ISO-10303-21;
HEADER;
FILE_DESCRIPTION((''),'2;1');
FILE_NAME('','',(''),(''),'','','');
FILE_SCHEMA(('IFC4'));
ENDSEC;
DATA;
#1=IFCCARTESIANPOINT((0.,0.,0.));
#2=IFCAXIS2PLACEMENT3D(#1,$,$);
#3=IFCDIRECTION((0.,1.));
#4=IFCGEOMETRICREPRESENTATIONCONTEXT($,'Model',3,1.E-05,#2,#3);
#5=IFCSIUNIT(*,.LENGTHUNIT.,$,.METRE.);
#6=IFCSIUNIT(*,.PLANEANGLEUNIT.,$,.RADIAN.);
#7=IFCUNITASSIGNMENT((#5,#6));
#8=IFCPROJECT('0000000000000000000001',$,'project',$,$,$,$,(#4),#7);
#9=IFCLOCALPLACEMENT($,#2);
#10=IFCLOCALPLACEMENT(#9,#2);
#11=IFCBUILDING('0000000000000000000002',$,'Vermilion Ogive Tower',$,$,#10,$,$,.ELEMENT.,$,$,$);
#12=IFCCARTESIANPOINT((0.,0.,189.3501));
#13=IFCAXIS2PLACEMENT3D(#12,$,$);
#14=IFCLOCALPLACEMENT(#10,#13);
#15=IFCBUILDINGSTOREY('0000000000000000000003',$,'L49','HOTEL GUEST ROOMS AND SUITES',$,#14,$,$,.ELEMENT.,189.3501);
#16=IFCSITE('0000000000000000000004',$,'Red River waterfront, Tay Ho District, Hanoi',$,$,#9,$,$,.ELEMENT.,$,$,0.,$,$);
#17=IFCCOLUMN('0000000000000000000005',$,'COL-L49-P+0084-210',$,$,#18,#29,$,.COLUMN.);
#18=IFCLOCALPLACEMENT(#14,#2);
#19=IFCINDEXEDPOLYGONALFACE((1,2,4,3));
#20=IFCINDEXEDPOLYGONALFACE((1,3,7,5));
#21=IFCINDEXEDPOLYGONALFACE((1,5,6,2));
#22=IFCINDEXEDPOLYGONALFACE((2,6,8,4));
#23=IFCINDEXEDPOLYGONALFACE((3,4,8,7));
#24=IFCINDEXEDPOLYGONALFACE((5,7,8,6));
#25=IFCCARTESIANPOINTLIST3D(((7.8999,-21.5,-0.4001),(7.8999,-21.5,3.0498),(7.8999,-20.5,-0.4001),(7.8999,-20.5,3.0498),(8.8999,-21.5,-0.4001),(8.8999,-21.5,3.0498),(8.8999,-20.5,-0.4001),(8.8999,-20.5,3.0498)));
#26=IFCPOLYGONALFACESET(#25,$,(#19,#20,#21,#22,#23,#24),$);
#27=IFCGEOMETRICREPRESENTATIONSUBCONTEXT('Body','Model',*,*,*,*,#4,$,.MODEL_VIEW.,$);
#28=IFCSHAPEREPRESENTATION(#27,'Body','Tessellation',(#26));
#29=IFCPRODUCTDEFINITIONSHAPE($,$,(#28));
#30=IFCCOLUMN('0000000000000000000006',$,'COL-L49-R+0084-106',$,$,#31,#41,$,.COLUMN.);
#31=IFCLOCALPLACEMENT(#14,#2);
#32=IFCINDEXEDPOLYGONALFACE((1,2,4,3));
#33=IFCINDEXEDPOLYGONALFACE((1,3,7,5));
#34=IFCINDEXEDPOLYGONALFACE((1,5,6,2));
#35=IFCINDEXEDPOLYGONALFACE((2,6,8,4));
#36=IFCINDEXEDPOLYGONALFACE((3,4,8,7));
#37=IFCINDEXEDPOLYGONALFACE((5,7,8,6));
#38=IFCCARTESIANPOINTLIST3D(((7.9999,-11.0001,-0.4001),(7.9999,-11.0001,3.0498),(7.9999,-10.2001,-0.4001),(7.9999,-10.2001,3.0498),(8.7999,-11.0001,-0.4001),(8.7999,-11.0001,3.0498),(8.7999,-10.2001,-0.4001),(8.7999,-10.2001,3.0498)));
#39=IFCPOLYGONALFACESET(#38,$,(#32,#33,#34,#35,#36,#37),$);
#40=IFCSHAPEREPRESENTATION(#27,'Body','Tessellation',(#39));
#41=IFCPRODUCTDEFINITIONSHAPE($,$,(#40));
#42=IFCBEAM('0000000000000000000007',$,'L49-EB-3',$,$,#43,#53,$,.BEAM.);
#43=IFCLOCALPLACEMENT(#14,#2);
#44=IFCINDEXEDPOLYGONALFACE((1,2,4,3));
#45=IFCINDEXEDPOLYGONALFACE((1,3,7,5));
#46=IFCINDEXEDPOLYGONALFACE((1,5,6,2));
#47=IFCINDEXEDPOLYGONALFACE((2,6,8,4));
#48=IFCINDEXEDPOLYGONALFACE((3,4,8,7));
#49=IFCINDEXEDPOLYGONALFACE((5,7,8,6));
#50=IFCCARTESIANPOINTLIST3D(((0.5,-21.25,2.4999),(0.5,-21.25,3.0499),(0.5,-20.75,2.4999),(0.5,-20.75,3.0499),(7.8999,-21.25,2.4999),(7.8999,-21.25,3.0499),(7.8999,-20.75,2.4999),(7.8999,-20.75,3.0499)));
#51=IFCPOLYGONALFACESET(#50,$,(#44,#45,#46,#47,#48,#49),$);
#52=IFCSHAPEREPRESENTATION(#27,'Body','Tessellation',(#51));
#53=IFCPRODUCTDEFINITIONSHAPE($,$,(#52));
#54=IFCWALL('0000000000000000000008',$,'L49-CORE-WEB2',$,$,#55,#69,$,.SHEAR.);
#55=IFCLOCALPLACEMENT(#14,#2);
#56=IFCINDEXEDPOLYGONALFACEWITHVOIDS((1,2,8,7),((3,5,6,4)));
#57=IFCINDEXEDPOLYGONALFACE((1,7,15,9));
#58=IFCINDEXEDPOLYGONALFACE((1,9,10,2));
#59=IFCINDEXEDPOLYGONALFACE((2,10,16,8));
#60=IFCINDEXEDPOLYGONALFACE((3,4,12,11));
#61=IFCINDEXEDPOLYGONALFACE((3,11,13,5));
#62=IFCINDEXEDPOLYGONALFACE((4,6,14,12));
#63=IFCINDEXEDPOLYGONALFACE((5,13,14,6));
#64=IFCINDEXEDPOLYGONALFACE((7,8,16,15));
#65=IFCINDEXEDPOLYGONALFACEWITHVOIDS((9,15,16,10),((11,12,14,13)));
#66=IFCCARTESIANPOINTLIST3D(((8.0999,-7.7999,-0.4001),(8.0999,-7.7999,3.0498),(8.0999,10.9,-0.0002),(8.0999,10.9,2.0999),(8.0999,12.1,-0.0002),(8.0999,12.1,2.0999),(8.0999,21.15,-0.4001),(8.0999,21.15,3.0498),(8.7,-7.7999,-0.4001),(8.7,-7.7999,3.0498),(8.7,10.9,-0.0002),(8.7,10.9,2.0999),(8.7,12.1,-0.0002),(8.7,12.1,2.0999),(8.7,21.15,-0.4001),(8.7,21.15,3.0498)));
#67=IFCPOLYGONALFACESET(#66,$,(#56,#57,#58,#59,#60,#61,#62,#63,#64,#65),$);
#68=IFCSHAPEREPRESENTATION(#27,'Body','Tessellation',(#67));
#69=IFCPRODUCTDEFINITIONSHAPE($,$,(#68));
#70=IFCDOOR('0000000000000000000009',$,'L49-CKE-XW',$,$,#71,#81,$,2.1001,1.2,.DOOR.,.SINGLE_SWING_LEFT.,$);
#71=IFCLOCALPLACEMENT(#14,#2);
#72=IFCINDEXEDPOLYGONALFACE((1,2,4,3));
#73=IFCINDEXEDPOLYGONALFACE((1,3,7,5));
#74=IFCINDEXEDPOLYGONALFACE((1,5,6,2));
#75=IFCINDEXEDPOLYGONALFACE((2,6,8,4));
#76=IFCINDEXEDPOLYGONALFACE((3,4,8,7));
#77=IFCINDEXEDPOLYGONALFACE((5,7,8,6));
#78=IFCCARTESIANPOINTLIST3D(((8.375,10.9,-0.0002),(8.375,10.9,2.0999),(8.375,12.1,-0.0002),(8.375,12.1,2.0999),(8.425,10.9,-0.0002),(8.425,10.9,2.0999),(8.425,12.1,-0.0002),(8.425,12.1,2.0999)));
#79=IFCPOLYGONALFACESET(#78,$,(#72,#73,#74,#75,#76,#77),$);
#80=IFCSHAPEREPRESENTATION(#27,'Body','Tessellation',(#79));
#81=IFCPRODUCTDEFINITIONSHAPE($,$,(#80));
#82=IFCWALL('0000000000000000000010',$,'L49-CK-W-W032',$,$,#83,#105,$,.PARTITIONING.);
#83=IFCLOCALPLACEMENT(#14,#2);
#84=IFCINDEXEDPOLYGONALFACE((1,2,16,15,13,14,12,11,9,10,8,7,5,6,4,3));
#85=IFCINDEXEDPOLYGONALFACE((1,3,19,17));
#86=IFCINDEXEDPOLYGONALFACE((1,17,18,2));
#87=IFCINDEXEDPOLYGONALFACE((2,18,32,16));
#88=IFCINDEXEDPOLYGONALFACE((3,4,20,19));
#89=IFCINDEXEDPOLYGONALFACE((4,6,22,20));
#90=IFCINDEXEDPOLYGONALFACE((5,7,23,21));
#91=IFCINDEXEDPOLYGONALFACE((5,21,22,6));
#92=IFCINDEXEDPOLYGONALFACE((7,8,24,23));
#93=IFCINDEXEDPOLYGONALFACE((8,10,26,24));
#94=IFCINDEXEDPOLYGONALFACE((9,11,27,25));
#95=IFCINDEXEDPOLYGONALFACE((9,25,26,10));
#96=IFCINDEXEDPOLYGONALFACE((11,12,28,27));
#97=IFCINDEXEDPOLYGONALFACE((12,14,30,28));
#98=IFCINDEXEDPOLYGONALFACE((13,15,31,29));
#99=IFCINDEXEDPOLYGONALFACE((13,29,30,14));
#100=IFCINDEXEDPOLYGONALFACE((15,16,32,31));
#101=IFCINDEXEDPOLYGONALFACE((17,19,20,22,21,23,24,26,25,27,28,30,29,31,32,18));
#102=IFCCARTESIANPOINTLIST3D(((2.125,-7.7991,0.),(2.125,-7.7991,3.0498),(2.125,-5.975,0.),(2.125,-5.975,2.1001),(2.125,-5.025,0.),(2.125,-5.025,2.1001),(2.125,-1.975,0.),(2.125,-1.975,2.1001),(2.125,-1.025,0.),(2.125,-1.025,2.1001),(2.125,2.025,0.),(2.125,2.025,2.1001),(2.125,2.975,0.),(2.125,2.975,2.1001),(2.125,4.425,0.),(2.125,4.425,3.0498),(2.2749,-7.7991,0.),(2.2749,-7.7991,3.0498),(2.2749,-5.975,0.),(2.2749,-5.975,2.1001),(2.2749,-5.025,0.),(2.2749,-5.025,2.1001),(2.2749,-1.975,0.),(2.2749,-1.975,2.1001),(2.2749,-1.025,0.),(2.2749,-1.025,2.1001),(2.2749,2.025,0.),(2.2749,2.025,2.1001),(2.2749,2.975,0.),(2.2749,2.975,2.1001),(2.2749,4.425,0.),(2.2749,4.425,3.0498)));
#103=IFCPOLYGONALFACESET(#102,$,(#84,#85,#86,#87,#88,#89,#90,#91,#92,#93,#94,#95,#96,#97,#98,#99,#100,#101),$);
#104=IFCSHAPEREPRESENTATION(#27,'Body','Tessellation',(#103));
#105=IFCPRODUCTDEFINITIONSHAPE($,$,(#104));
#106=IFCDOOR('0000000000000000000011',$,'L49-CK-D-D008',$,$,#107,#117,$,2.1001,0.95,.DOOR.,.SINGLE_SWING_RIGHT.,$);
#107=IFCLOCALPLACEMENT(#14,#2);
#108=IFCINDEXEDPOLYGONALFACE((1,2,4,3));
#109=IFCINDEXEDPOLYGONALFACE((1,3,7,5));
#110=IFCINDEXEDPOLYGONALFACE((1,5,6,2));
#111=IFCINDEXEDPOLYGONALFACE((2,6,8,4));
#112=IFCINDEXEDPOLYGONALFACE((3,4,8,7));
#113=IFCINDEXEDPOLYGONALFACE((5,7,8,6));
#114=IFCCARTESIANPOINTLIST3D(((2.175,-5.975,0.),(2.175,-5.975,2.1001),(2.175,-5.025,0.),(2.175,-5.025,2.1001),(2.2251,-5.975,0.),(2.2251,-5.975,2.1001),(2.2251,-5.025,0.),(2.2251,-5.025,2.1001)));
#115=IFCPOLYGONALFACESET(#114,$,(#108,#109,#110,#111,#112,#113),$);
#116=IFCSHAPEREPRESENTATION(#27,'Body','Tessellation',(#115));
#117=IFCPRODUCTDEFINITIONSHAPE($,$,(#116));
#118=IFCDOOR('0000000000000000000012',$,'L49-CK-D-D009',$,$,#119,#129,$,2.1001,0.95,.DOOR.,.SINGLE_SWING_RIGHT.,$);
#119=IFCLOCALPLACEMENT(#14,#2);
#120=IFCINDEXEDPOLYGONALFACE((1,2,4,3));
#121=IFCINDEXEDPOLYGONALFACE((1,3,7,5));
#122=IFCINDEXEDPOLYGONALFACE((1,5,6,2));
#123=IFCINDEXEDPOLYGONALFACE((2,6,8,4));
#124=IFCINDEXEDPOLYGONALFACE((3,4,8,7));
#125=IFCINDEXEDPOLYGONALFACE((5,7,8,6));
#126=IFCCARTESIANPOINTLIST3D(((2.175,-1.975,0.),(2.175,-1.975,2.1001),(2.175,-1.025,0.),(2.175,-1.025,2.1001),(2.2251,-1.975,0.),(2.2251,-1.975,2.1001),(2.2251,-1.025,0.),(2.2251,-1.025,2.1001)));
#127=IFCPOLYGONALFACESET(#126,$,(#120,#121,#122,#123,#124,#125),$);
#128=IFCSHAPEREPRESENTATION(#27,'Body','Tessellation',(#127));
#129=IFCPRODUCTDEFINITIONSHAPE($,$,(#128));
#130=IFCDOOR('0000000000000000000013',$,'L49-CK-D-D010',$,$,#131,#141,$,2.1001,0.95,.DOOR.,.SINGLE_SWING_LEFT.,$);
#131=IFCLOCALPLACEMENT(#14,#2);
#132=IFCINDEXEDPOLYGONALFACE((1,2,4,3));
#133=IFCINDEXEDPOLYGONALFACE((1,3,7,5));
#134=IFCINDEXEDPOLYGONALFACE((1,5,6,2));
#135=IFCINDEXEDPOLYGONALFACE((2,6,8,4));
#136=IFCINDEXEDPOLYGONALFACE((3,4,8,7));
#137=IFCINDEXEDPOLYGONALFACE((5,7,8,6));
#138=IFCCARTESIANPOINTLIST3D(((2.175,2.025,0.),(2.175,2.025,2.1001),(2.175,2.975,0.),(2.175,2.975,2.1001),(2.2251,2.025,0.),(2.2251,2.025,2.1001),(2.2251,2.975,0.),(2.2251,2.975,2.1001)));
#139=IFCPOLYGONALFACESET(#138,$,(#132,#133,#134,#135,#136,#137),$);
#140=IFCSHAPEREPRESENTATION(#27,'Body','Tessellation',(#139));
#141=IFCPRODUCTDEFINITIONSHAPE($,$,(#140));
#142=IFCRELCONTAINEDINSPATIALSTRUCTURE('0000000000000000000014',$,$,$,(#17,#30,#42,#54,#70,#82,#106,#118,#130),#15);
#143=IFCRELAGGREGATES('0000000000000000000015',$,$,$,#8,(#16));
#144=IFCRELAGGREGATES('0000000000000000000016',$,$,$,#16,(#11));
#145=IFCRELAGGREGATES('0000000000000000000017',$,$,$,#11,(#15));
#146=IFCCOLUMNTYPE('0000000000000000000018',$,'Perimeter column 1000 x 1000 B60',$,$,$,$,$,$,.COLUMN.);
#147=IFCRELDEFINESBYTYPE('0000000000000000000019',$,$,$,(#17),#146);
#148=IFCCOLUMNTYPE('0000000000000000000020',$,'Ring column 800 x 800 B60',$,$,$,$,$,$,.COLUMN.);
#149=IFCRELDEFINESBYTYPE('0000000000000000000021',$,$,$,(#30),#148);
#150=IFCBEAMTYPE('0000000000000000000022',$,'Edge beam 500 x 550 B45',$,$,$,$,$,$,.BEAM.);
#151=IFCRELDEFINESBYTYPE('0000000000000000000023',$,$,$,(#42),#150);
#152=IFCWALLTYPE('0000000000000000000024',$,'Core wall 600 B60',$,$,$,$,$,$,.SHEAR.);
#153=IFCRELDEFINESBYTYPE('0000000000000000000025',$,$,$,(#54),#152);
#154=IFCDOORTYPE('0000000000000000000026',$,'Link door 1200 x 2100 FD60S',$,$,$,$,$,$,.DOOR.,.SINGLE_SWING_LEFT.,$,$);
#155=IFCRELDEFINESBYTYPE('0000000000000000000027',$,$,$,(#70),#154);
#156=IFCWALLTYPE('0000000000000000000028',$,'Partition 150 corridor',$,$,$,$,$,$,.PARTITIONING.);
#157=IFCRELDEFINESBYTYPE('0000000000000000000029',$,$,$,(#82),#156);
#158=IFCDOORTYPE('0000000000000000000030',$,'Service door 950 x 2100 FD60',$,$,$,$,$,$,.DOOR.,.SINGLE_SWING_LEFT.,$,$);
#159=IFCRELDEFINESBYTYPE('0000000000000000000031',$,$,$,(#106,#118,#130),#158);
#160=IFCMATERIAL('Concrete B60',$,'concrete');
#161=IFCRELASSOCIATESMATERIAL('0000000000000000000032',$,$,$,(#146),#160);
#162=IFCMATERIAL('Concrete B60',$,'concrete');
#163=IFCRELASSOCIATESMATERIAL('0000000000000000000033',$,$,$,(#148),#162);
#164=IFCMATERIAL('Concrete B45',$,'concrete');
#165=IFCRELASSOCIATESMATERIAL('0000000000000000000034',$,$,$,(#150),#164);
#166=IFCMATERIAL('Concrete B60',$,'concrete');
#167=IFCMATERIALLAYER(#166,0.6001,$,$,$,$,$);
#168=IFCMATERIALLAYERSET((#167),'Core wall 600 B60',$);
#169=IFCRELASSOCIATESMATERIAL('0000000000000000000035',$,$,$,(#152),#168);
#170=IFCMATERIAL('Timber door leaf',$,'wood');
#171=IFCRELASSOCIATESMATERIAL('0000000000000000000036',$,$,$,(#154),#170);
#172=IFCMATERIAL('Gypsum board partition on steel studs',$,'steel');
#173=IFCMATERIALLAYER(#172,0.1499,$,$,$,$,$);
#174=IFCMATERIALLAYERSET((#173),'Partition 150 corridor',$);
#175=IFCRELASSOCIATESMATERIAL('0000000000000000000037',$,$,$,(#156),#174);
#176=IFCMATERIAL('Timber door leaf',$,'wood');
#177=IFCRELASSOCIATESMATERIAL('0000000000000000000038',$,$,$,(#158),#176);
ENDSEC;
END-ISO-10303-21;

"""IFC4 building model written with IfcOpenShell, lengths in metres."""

from ifc_helpers import new_model, si_unit, direction, frame, frame_2d, origin, origin_2d, place, context, subcontext, project, spatial, rectangle, extrude, material, layer, layer_set, material_profile, profile_set, type_object, element, fill, save


model = new_model("IFC4")

# Units and contexts
model_context = context("Model", 3, precision=1e-05, world=origin(), true_north=direction((0.0, 1.0)))
body_context = subcontext(model_context, "Body", "Model", "MODEL_VIEW")
ifc_project = project(units=[si_unit("LENGTHUNIT", "METRE"), si_unit("PLANEANGLEUNIT", "RADIAN")], contexts=[model_context])

# Site, building, storey
site_placement = place(None, origin())
site = spatial("IfcSite", under=ifc_project, at=site_placement, Name="Red River waterfront, Tay Ho District, Hanoi", CompositionType="ELEMENT", RefElevation=0.0)
building_placement = place(site_placement, origin())
building = spatial("IfcBuilding", under=site, at=building_placement, Name="Vermilion Ogive Tower", CompositionType="ELEMENT")
storey_placement = place(building_placement, frame((0.0, 0.0, 189.3501)))
storey = spatial("IfcBuildingStorey", under=building, at=storey_placement, Name="L49", Description="HOTEL GUEST ROOMS AND SUITES", CompositionType="ELEMENT", Elevation=189.3501)

# Columns
ifc_material_1 = material(Name="Concrete B60", Category="concrete")
ifc_material_profile_1 = material_profile(ifc_material_1, rectangle(XDim=1.0, YDim=1.0, at=origin_2d()), Name="1000 x 1000")
ifc_profile_set_1 = profile_set([ifc_material_profile_1], Name="Concrete B60")
column_type_1 = type_object("IfcColumnType", Name="Perimeter column 1000 x 1000 B60", PredefinedType="COLUMN", material=ifc_profile_set_1)
column_1_placement = place(storey_placement, frame((8.3999, -21.0, -0.4001), z_axis=(0.0, 0.0, 1.0), x_axis=(1.0, 0.0, 0.0)))
element("IfcColumn", 1, at=column_1_placement, inside=storey, type_object=column_type_1, Name="COL-L49-P+0084-210", PredefinedType="COLUMN", context=body_context, shape_type="SweptSolid", body=[
    extrude(rectangle(XDim=1.0, YDim=1.0, at=origin_2d()), origin(), (0.0, 0.0, 1.0), 3.45),
])
ifc_material_2 = material(Name="Concrete B60", Category="concrete")
ifc_material_profile_2 = material_profile(ifc_material_2, rectangle(XDim=0.8, YDim=0.8, at=origin_2d()), Name="800 x 800")
ifc_profile_set_2 = profile_set([ifc_material_profile_2], Name="Concrete B60")
column_type_2 = type_object("IfcColumnType", Name="Ring column 800 x 800 B60", PredefinedType="COLUMN", material=ifc_profile_set_2)
column_2_placement = place(storey_placement, frame((8.3999, -10.6001, -0.4001), z_axis=(0.0, 0.0, 1.0), x_axis=(1.0, 0.0, 0.0)))
element("IfcColumn", 2, at=column_2_placement, inside=storey, type_object=column_type_2, Name="COL-L49-R+0084-106", PredefinedType="COLUMN", context=body_context, shape_type="SweptSolid", body=[
    extrude(rectangle(XDim=0.8, YDim=0.8, at=origin_2d()), origin(), (0.0, 0.0, 1.0), 3.45),
])

# Beam
ifc_material_3 = material(Name="Concrete B45", Category="concrete")
ifc_material_profile_3 = material_profile(ifc_material_3, rectangle(XDim=0.5, YDim=0.55, at=origin_2d()), Name="500 x 550")
ifc_profile_set_3 = profile_set([ifc_material_profile_3], Name="Concrete B45")
beam_type = type_object("IfcBeamType", Name="Edge beam 500 x 550 B45", PredefinedType="BEAM", material=ifc_profile_set_3)
beam_placement = place(storey_placement, frame((0.5, -21.0, 2.7749), z_axis=(1.0, 0.0, 0.0), x_axis=(0.0, 1.0, 0.0)))
element("IfcBeam", 3, at=beam_placement, inside=storey, type_object=beam_type, Name="L49-EB-3", PredefinedType="BEAM", context=body_context, shape_type="SweptSolid", body=[
    extrude(rectangle(XDim=0.5, YDim=0.55, at=origin_2d()), origin(), (0.0, 0.0, 1.0), 7.3999),
])

# Wall, opening, door
ifc_material_4 = material(Name="Concrete B60", Category="concrete")
ifc_layer_1 = layer(ifc_material_4, 0.6001)
ifc_layer_set_1 = layer_set([ifc_layer_1], Name="Core wall 600 B60")
wall_type_1 = type_object("IfcWallType", Name="Core wall 600 B60", PredefinedType="SHEAR", material=ifc_layer_set_1)
wall_1_placement = place(storey_placement, frame((8.3999, -7.8, -0.4001), z_axis=(0.0, 0.0, 1.0), x_axis=(0.0, 1.0, 0.0)))
wall_1 = element("IfcWall", 4, at=wall_1_placement, inside=storey, type_object=wall_type_1, Name="L49-CORE-WEB2", PredefinedType="SHEAR", context=body_context, shape_type="SweptSolid", body=[
    extrude(rectangle(XDim=28.95, YDim=0.6001, at=frame_2d((14.4751, 0.0))), origin(), (0.0, 0.0, 1.0), 3.45),
])
opening_1_placement = place(wall_1_placement, frame((18.7, 0.0, 0.3999)))
opening_1 = element("IfcOpeningElement", 5, at=opening_1_placement, cuts=wall_1, PredefinedType="OPENING", context=body_context, shape_type="SweptSolid", body=[
    extrude(rectangle(XDim=1.2, YDim=2.1001, at=frame_2d((0.6001, 1.05))), frame((0.0, 0.3101, 0.0), z_axis=(0.0, -1.0, 0.0), x_axis=(1.0, 0.0, 0.0)), (0.0, 0.0, 1.0), 0.6201),
])
ifc_material_5 = material(Name="Timber door leaf", Category="wood")
door_type_1 = type_object("IfcDoorType", Name="Link door 1200 x 2100 FD60S", OperationType="SINGLE_SWING_LEFT", PredefinedType="DOOR", material=ifc_material_5)
door_1_placement = place(opening_1_placement, origin())
door_1 = element("IfcDoor", 6, at=door_1_placement, inside=storey, type_object=door_type_1, Name="L49-CKE-XW", OperationType="SINGLE_SWING_LEFT", OverallHeight=2.1001, OverallWidth=1.2, PredefinedType="DOOR", context=body_context, shape_type="SweptSolid", body=[
    extrude(rectangle(XDim=1.2, YDim=2.1001, at=frame_2d((0.6001, 1.05))), frame((0.0, 0.0249, 0.0), z_axis=(0.0, -1.0, 0.0), x_axis=(1.0, 0.0, 0.0)), (0.0, 0.0, 1.0), 0.05),
])
fill(opening_1, door_1)

# Wall, openings, doors
ifc_material_6 = material(Name="Gypsum board partition on steel studs", Category="steel")
ifc_layer_2 = layer(ifc_material_6, 0.1499)
ifc_layer_set_2 = layer_set([ifc_layer_2], Name="Partition 150 corridor")
wall_type_2 = type_object("IfcWallType", Name="Partition 150 corridor", PredefinedType="PARTITIONING", material=ifc_layer_set_2)
wall_2_placement = place(storey_placement, frame((2.2, -7.7991, 0.0), z_axis=(0.0, 0.0, 1.0), x_axis=(0.0, 1.0, 0.0)))
wall_2 = element("IfcWall", 7, at=wall_2_placement, inside=storey, type_object=wall_type_2, Name="L49-CK-W-W032", PredefinedType="PARTITIONING", context=body_context, shape_type="SweptSolid", body=[
    extrude(rectangle(XDim=12.2241, YDim=0.1499, at=frame_2d((6.1121, 0.0))), origin(), (0.0, 0.0, 1.0), 3.0498),
])
opening_2_placement = place(wall_2_placement, frame((1.824, 0.0, 0.0)))
opening_2 = element("IfcOpeningElement", 8, at=opening_2_placement, cuts=wall_2, PredefinedType="OPENING", context=body_context, shape_type="SweptSolid", body=[
    extrude(rectangle(XDim=0.95, YDim=2.1001, at=frame_2d((0.4751, 1.05))), frame((0.0, 0.085, 0.0), z_axis=(0.0, -1.0, 0.0), x_axis=(1.0, 0.0, 0.0)), (0.0, 0.0, 1.0), 0.1699),
])
opening_3_placement = place(wall_2_placement, frame((5.824, 0.0, 0.0)))
opening_3 = element("IfcOpeningElement", 9, at=opening_3_placement, cuts=wall_2, PredefinedType="OPENING", context=body_context, shape_type="SweptSolid", body=[
    extrude(rectangle(XDim=0.95, YDim=2.1001, at=frame_2d((0.4751, 1.05))), frame((0.0, 0.085, 0.0), z_axis=(0.0, -1.0, 0.0), x_axis=(1.0, 0.0, 0.0)), (0.0, 0.0, 1.0), 0.1699),
])
opening_4_placement = place(wall_2_placement, frame((9.824, 0.0, 0.0)))
opening_4 = element("IfcOpeningElement", 10, at=opening_4_placement, cuts=wall_2, PredefinedType="OPENING", context=body_context, shape_type="SweptSolid", body=[
    extrude(rectangle(XDim=0.95, YDim=2.1001, at=frame_2d((0.4751, 1.05))), frame((0.0, 0.085, 0.0), z_axis=(0.0, -1.0, 0.0), x_axis=(1.0, 0.0, 0.0)), (0.0, 0.0, 1.0), 0.1699),
])
ifc_material_7 = material(Name="Timber door leaf", Category="wood")
door_type_2 = type_object("IfcDoorType", Name="Service door 950 x 2100 FD60", OperationType="SINGLE_SWING_LEFT", PredefinedType="DOOR", material=ifc_material_7)
door_2_placement = place(opening_2_placement, origin())
door_2 = element("IfcDoor", 11, at=door_2_placement, inside=storey, type_object=door_type_2, Name="L49-CK-D-D008", OperationType="SINGLE_SWING_RIGHT", OverallHeight=2.1001, OverallWidth=0.95, PredefinedType="DOOR", context=body_context, shape_type="SweptSolid", body=[
    extrude(rectangle(XDim=0.95, YDim=2.1001, at=frame_2d((0.4751, 1.05))), frame((0.0, 0.0249, 0.0), z_axis=(0.0, -1.0, 0.0), x_axis=(1.0, 0.0, 0.0)), (0.0, 0.0, 1.0), 0.05),
])
fill(opening_2, door_2)
door_3_placement = place(opening_3_placement, origin())
door_3 = element("IfcDoor", 12, at=door_3_placement, inside=storey, type_object=door_type_2, Name="L49-CK-D-D009", OperationType="SINGLE_SWING_RIGHT", OverallHeight=2.1001, OverallWidth=0.95, PredefinedType="DOOR", context=body_context, shape_type="SweptSolid", body=[
    extrude(rectangle(XDim=0.95, YDim=2.1001, at=frame_2d((0.4751, 1.05))), frame((0.0, 0.0249, 0.0), z_axis=(0.0, -1.0, 0.0), x_axis=(1.0, 0.0, 0.0)), (0.0, 0.0, 1.0), 0.05),
])
fill(opening_3, door_3)
door_4_placement = place(opening_4_placement, origin())
door_4 = element("IfcDoor", 13, at=door_4_placement, inside=storey, type_object=door_type_2, Name="L49-CK-D-D010", OperationType="SINGLE_SWING_LEFT", OverallHeight=2.1001, OverallWidth=0.95, PredefinedType="DOOR", context=body_context, shape_type="SweptSolid", body=[
    extrude(rectangle(XDim=0.95, YDim=2.1001, at=frame_2d((0.4751, 1.05))), frame((0.0, 0.0249, 0.0), z_axis=(0.0, -1.0, 0.0), x_axis=(1.0, 0.0, 0.0)), (0.0, 0.0, 1.0), 0.05),
])
fill(opening_4, door_4)

save(model, "model.ifc")
